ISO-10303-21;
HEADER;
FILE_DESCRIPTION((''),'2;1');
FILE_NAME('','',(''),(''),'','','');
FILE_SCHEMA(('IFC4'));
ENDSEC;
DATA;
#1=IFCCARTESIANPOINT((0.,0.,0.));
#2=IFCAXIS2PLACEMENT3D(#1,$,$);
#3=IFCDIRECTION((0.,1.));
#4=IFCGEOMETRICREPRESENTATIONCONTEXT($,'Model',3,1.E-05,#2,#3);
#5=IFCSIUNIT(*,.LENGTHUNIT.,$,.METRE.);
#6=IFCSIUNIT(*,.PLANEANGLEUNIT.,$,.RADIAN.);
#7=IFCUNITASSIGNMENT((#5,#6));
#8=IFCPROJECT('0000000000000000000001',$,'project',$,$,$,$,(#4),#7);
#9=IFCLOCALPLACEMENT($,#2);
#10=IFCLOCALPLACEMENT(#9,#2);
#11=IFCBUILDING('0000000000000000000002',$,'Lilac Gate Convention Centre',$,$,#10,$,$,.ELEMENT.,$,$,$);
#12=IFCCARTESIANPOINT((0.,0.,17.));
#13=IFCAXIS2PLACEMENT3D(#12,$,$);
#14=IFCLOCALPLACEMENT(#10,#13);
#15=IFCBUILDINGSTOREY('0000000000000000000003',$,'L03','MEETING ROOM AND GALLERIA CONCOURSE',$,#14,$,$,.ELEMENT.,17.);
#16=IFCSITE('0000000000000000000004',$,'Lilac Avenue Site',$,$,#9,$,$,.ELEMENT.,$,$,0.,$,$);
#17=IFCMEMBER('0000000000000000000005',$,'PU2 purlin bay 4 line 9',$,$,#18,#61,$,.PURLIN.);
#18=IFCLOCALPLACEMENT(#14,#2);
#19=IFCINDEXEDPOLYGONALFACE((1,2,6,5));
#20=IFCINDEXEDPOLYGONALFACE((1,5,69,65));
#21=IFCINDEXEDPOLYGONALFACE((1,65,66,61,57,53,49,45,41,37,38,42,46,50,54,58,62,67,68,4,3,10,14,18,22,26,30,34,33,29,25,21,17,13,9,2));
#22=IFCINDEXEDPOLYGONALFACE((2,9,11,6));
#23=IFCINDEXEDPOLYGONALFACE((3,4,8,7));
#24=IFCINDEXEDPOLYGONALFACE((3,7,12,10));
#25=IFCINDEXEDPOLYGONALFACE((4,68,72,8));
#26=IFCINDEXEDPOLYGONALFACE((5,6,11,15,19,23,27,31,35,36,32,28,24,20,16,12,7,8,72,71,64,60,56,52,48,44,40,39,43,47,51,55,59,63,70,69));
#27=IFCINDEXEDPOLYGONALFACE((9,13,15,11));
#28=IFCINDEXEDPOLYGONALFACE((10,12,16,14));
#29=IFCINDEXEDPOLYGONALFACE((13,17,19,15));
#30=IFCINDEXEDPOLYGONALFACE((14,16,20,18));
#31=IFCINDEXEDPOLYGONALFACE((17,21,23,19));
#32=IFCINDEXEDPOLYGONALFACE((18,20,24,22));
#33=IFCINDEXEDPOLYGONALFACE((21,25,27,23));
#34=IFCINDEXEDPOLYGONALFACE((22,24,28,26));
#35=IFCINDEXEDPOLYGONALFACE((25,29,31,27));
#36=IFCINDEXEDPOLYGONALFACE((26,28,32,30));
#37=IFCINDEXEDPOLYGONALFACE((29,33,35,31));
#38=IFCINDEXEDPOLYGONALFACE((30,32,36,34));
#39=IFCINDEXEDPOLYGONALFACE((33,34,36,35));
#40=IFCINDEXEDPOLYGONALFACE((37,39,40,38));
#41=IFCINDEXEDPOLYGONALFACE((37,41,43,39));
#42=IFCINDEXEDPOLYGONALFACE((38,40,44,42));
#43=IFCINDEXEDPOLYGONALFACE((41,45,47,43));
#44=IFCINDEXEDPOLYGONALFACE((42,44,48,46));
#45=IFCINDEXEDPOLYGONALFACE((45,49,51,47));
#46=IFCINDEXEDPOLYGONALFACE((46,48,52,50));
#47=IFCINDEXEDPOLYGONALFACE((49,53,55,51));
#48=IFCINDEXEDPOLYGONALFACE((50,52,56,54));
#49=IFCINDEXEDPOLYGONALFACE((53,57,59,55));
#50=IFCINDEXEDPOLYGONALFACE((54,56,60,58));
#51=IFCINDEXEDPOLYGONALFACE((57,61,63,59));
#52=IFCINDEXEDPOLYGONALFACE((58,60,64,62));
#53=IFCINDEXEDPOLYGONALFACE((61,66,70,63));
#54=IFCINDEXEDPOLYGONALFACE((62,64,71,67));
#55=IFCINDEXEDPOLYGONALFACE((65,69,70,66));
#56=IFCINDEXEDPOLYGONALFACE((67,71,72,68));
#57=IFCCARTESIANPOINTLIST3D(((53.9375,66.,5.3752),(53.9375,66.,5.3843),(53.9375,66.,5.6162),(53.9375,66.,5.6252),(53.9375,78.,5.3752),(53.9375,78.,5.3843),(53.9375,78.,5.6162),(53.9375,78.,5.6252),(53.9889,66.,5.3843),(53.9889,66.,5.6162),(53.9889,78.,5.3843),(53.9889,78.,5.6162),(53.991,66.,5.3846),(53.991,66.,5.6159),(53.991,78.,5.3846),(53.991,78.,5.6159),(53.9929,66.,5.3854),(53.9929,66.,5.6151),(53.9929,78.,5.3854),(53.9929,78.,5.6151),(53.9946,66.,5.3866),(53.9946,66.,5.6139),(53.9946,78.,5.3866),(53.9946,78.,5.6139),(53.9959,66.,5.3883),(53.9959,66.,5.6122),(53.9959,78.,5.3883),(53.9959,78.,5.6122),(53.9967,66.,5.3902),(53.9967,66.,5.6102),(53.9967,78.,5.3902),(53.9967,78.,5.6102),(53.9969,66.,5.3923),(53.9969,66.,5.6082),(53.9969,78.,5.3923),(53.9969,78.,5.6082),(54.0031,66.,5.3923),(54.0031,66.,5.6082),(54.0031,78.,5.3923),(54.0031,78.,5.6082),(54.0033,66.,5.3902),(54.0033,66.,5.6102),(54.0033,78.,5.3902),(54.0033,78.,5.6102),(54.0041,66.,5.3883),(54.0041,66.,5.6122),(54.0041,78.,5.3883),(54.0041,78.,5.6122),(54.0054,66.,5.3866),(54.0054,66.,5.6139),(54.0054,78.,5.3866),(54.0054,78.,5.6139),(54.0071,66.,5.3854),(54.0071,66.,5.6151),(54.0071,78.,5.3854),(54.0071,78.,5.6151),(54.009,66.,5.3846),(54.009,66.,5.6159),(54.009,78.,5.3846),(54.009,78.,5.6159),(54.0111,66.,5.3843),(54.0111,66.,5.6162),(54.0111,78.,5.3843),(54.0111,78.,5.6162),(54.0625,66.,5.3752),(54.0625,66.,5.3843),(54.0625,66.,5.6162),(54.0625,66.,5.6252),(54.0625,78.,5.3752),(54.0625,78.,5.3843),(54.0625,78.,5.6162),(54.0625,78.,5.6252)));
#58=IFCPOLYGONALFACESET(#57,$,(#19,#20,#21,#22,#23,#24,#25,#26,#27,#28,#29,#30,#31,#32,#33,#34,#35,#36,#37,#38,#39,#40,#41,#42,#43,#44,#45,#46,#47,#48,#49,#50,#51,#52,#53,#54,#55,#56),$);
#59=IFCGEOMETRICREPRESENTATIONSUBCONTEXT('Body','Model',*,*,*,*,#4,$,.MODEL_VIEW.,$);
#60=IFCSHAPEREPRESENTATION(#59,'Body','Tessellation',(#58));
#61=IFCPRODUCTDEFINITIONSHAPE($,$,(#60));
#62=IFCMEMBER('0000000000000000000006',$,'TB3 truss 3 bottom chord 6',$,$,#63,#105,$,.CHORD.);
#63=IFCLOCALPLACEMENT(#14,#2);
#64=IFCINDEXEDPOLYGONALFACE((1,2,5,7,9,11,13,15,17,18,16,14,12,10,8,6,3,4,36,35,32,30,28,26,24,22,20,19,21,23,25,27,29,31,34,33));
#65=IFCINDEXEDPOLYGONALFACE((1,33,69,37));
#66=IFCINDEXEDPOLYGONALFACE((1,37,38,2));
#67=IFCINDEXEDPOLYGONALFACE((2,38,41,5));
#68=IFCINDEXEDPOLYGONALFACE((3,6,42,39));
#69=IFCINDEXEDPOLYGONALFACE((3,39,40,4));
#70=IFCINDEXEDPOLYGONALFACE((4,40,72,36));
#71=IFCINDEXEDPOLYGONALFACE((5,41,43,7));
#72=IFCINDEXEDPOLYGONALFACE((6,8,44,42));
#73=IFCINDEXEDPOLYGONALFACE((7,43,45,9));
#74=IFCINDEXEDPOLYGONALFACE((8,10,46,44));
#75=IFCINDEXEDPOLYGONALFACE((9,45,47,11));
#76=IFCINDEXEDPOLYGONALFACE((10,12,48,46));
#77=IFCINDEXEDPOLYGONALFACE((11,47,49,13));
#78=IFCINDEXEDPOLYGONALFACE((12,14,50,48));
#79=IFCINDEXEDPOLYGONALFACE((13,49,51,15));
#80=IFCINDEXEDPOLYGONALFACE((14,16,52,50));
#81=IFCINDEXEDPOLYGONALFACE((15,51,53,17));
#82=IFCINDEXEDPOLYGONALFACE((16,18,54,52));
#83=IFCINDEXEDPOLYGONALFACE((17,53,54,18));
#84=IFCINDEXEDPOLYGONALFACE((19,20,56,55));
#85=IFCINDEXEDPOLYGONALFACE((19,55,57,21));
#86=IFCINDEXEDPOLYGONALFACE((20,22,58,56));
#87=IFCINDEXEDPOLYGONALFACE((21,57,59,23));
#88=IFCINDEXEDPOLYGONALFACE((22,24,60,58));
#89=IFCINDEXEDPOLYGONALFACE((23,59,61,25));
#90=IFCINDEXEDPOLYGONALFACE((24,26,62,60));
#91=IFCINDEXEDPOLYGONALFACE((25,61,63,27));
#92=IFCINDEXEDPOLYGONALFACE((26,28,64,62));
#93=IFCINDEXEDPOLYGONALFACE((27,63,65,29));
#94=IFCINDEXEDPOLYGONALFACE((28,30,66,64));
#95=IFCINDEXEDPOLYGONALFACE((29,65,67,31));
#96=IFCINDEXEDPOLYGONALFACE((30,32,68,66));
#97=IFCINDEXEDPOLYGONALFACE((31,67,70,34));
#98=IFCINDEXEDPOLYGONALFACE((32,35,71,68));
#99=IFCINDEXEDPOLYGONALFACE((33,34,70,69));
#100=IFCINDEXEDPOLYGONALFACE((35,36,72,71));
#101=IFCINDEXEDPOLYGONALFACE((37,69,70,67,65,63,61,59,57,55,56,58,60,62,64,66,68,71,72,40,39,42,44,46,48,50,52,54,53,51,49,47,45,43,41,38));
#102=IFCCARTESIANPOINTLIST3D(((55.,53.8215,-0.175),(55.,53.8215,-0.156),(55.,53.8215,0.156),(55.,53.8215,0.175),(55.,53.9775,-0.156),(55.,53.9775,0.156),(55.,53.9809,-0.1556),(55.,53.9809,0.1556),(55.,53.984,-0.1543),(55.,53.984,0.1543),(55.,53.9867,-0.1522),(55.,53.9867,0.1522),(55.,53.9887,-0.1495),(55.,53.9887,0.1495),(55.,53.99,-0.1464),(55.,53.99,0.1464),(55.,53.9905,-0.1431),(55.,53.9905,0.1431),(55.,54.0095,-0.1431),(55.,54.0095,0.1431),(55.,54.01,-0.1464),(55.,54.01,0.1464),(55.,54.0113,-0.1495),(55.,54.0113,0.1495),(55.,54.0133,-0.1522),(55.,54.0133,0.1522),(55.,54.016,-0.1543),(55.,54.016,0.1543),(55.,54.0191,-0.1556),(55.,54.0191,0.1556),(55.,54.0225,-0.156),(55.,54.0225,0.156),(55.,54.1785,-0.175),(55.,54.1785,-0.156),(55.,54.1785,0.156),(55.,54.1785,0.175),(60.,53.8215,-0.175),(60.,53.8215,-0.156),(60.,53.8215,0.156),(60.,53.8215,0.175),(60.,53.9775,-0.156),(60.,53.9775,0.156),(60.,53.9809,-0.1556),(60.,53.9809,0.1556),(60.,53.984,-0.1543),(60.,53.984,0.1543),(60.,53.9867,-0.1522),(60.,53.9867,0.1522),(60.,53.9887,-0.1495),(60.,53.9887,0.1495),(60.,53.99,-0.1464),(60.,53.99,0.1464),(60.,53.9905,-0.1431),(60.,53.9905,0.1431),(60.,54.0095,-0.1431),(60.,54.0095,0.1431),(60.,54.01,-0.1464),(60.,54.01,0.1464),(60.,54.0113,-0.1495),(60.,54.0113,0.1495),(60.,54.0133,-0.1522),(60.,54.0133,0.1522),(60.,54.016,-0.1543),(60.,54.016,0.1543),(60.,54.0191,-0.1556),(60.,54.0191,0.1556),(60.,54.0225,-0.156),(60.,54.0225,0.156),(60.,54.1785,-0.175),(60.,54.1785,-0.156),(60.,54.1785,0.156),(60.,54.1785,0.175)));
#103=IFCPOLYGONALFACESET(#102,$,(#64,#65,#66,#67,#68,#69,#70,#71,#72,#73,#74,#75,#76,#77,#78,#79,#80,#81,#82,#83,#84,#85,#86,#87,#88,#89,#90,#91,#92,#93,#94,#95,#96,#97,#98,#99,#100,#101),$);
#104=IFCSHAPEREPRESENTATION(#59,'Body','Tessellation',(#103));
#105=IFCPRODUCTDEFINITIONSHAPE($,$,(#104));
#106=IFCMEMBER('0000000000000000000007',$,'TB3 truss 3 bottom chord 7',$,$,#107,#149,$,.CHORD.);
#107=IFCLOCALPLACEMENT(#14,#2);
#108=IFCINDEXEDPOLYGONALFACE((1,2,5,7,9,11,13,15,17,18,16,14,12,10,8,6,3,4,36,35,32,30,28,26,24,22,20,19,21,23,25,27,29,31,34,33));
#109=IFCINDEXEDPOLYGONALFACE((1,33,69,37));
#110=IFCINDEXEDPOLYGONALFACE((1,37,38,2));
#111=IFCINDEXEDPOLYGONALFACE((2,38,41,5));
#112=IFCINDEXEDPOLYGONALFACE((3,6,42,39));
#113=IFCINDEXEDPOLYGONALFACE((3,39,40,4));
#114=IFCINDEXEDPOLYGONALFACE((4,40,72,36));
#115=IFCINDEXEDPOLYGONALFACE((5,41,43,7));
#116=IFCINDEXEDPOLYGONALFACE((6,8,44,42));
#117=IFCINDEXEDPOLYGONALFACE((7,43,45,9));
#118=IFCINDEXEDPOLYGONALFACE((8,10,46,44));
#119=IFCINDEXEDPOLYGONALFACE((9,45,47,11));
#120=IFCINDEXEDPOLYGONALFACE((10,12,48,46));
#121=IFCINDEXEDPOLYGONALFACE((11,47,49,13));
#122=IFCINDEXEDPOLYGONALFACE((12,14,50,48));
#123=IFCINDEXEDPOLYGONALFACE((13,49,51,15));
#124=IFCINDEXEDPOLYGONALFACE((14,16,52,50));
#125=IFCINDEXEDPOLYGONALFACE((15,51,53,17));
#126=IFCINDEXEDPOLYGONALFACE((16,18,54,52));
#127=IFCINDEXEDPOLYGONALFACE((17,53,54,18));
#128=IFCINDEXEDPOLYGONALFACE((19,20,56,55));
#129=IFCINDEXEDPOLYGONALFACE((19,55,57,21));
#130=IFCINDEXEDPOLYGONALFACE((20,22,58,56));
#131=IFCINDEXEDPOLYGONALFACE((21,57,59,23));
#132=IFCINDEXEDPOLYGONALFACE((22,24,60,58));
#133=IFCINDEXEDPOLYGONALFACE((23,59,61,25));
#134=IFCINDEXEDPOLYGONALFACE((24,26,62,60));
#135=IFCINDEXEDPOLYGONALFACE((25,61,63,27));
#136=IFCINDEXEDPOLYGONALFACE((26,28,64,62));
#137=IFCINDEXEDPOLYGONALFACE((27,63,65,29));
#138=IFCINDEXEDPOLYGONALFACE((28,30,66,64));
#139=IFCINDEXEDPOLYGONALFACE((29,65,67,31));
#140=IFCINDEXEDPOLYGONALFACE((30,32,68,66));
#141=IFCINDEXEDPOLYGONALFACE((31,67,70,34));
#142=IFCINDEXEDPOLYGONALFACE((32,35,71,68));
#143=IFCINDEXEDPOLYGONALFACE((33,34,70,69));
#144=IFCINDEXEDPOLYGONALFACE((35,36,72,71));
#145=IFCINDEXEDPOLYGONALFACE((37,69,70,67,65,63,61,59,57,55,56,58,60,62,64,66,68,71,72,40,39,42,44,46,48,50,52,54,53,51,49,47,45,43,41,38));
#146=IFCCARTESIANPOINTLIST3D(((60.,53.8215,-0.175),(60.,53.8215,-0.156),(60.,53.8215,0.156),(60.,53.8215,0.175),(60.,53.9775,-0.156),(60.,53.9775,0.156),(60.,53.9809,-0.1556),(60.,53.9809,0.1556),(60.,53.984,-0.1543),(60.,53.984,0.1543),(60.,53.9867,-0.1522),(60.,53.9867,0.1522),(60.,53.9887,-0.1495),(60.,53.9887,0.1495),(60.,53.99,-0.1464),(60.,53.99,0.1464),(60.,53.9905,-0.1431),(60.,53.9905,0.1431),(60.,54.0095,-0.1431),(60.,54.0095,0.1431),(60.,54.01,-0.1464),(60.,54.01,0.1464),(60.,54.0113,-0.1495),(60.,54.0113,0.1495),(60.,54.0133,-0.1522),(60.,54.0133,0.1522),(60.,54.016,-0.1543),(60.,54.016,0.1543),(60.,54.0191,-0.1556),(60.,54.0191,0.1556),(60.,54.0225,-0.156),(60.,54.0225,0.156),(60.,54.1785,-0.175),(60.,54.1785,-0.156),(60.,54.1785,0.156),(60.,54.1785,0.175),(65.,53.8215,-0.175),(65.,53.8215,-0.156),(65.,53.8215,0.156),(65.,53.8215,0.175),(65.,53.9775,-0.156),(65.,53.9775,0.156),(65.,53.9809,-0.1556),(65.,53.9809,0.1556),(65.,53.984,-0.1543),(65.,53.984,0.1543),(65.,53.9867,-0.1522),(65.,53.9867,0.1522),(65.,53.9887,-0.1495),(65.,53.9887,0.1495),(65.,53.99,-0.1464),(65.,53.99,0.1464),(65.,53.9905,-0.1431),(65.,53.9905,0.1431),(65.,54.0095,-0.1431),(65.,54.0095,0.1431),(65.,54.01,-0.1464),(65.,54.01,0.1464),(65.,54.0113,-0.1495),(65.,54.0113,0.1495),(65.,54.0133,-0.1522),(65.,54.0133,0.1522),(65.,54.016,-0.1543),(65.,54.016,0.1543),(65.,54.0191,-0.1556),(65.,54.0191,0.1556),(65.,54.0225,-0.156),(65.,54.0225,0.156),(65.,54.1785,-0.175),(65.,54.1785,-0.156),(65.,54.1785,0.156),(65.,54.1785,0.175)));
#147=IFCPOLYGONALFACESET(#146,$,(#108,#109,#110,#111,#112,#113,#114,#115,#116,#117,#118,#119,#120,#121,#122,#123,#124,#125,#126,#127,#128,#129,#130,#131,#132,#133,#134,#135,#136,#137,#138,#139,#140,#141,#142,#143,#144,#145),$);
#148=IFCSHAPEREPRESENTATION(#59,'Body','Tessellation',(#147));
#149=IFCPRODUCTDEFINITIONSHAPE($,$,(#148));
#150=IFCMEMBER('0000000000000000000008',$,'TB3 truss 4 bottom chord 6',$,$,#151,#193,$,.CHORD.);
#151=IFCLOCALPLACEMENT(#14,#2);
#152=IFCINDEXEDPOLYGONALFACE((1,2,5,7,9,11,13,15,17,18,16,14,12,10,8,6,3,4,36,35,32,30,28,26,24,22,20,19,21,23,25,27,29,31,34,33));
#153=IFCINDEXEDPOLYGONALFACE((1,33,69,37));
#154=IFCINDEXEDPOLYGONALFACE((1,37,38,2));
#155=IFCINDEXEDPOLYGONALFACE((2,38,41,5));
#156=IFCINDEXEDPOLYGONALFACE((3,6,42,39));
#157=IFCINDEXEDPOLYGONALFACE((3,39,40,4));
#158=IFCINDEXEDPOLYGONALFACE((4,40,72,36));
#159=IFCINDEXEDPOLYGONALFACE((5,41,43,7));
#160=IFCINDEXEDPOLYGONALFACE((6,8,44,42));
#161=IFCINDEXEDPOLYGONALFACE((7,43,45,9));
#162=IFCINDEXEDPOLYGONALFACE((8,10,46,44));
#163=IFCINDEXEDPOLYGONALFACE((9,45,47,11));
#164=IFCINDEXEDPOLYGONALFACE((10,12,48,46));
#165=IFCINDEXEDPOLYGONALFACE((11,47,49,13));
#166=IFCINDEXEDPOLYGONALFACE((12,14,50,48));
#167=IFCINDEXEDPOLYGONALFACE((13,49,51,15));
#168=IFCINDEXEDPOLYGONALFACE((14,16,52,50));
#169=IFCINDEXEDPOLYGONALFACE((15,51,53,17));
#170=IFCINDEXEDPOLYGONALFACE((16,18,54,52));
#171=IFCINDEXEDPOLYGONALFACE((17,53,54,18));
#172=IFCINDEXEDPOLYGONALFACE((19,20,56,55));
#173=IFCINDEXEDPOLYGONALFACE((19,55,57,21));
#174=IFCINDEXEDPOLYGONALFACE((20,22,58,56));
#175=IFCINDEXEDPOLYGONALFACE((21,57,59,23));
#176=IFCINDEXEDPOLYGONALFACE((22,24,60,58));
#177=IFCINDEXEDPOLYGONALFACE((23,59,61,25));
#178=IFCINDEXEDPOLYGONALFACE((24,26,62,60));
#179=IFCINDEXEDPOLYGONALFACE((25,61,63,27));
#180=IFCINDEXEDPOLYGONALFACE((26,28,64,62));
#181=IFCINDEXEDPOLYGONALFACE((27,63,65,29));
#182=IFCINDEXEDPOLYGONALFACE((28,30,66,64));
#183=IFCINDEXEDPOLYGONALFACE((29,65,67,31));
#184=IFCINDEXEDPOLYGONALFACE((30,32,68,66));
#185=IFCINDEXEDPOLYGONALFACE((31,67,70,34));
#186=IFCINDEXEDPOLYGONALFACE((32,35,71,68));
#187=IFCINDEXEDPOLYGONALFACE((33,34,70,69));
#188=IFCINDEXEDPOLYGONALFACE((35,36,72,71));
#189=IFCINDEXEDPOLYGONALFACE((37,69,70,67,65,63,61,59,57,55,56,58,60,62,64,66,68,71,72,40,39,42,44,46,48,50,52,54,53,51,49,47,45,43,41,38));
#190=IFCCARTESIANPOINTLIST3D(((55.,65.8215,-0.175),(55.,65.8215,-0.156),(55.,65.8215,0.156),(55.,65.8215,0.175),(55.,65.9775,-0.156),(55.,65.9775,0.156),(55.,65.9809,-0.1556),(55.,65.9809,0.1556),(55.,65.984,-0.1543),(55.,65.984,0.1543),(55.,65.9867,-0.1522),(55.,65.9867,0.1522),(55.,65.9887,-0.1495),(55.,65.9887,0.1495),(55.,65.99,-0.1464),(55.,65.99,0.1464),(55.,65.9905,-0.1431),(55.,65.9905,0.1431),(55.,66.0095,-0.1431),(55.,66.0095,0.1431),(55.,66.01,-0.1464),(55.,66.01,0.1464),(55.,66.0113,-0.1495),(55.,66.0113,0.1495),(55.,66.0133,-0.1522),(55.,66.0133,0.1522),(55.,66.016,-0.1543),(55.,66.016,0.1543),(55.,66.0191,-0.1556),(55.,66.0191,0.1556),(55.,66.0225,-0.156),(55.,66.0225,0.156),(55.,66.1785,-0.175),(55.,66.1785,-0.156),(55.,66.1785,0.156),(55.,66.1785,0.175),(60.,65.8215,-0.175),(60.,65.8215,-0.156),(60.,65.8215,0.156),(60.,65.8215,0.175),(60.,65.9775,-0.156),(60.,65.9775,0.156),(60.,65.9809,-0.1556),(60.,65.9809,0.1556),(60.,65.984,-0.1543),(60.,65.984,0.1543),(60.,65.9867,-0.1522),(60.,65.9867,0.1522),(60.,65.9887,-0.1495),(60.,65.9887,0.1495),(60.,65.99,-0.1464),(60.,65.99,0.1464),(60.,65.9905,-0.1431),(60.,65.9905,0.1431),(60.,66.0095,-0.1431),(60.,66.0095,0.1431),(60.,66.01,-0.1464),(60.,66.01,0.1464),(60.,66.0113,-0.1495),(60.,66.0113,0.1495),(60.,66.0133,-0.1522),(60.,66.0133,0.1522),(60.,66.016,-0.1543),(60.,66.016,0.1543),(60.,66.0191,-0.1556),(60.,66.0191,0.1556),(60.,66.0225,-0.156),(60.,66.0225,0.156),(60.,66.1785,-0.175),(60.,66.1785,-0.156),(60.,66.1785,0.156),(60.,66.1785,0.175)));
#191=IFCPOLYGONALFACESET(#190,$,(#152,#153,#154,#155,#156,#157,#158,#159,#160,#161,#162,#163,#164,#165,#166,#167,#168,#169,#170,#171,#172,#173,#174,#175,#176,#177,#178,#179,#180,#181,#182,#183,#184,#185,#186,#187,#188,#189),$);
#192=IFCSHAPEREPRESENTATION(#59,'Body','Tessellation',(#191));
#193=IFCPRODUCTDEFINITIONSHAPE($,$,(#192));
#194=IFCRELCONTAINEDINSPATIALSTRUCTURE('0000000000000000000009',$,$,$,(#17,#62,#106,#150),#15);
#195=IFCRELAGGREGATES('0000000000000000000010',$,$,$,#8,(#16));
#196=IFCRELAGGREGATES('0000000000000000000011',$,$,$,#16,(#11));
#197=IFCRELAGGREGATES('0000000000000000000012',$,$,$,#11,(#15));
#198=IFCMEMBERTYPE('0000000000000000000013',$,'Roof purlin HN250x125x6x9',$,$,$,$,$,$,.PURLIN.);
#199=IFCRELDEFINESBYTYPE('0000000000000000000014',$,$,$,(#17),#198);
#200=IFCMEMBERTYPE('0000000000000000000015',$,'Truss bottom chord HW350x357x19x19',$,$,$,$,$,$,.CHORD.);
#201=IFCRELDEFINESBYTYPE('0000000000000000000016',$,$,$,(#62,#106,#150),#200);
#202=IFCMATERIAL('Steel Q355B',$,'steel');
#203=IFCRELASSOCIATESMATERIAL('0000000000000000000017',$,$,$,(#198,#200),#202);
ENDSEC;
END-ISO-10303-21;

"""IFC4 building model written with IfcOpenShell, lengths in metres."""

from ifc_helpers import new_model, si_unit, direction, frame, origin, origin_2d, place, context, subcontext, project, spatial, i_section, extrude, material, material_profile, profile_set, type_object, element, save


model = new_model("IFC4")

# Units and contexts
model_context = context("Model", 3, precision=1e-05, world=origin(), true_north=direction((0.0, 1.0)))
body_context = subcontext(model_context, "Body", "Model", "MODEL_VIEW")
ifc_project = project(units=[si_unit("LENGTHUNIT", "METRE"), si_unit("PLANEANGLEUNIT", "RADIAN")], contexts=[model_context])

# Site, building, storey
site_placement = place(None, origin())
site = spatial("IfcSite", under=ifc_project, at=site_placement, Name="Lilac Avenue Site", CompositionType="ELEMENT", RefElevation=0.0)
building_placement = place(site_placement, origin())
building = spatial("IfcBuilding", under=site, at=building_placement, Name="Lilac Gate Convention Centre", CompositionType="ELEMENT")
storey_placement = place(building_placement, frame((0.0, 0.0, 17.0)))
storey = spatial("IfcBuildingStorey", under=building, at=storey_placement, Name="L03", Description="MEETING ROOM AND GALLERIA CONCOURSE", CompositionType="ELEMENT", Elevation=17.0)

# Members
ifc_material = material(Name="Steel Q355B", Category="steel")
ifc_material_profile_1 = material_profile(ifc_material, i_section(OverallWidth=0.125, OverallDepth=0.25, WebThickness=0.0061, FlangeThickness=0.009, FilletRadius=0.0081, at=origin_2d()), Name="HN250x125x6x9")
ifc_profile_set_1 = profile_set([ifc_material_profile_1], Name="Steel Q355B")
member_type_1 = type_object("IfcMemberType", Name="Roof purlin HN250x125x6x9", PredefinedType="PURLIN", material=ifc_profile_set_1)
for number, where, z_axis, x_axis, name in (
    (1, (54.0, 66.0, 5.5002), (0.0, 1.0, 0.0), (-1.0, 0.0, 0.0), "PU2 purlin bay 4 line 9"),
):
    element("IfcMember", number, at=place(storey_placement, frame(where, z_axis=z_axis, x_axis=x_axis)), inside=storey, type_object=member_type_1, Name=name, PredefinedType="PURLIN", context=body_context, shape_type="SweptSolid", body=[
        extrude(i_section(OverallWidth=0.125, OverallDepth=0.25, WebThickness=0.0061, FlangeThickness=0.009, FilletRadius=0.0081, at=origin_2d()), origin(), (0.0, 0.0, 1.0), 12.0),
    ])
ifc_material_profile_2 = material_profile(ifc_material, i_section(OverallWidth=0.3569, OverallDepth=0.3501, WebThickness=0.019, FlangeThickness=0.019, FilletRadius=0.0129, at=origin_2d()), Name="HW350x357x19x19")
ifc_profile_set_2 = profile_set([ifc_material_profile_2], Name="Steel Q355B")
member_type_2 = type_object("IfcMemberType", Name="Truss bottom chord HW350x357x19x19", PredefinedType="CHORD", material=ifc_profile_set_2)
for number, where, z_axis, x_axis, name in (
    (2, (55.0, 54.0, 0.0), (1.0, 0.0, 0.0), (0.0, 1.0, 0.0), "TB3 truss 3 bottom chord 6"),
    (3, (60.0, 54.0, 0.0), (1.0, 0.0, 0.0), (0.0, 1.0, 0.0), "TB3 truss 3 bottom chord 7"),
    (4, (55.0, 66.0, 0.0), (1.0, 0.0, 0.0), (0.0, 1.0, 0.0), "TB3 truss 4 bottom chord 6"),
):
    element("IfcMember", number, at=place(storey_placement, frame(where, z_axis=z_axis, x_axis=x_axis)), inside=storey, type_object=member_type_2, Name=name, PredefinedType="CHORD", context=body_context, shape_type="SweptSolid", body=[
        extrude(i_section(OverallWidth=0.3569, OverallDepth=0.3501, WebThickness=0.019, FlangeThickness=0.019, FilletRadius=0.0129, at=origin_2d()), origin(), (0.0, 0.0, 1.0), 5.0),
    ])

save(model, "model.ifc")
